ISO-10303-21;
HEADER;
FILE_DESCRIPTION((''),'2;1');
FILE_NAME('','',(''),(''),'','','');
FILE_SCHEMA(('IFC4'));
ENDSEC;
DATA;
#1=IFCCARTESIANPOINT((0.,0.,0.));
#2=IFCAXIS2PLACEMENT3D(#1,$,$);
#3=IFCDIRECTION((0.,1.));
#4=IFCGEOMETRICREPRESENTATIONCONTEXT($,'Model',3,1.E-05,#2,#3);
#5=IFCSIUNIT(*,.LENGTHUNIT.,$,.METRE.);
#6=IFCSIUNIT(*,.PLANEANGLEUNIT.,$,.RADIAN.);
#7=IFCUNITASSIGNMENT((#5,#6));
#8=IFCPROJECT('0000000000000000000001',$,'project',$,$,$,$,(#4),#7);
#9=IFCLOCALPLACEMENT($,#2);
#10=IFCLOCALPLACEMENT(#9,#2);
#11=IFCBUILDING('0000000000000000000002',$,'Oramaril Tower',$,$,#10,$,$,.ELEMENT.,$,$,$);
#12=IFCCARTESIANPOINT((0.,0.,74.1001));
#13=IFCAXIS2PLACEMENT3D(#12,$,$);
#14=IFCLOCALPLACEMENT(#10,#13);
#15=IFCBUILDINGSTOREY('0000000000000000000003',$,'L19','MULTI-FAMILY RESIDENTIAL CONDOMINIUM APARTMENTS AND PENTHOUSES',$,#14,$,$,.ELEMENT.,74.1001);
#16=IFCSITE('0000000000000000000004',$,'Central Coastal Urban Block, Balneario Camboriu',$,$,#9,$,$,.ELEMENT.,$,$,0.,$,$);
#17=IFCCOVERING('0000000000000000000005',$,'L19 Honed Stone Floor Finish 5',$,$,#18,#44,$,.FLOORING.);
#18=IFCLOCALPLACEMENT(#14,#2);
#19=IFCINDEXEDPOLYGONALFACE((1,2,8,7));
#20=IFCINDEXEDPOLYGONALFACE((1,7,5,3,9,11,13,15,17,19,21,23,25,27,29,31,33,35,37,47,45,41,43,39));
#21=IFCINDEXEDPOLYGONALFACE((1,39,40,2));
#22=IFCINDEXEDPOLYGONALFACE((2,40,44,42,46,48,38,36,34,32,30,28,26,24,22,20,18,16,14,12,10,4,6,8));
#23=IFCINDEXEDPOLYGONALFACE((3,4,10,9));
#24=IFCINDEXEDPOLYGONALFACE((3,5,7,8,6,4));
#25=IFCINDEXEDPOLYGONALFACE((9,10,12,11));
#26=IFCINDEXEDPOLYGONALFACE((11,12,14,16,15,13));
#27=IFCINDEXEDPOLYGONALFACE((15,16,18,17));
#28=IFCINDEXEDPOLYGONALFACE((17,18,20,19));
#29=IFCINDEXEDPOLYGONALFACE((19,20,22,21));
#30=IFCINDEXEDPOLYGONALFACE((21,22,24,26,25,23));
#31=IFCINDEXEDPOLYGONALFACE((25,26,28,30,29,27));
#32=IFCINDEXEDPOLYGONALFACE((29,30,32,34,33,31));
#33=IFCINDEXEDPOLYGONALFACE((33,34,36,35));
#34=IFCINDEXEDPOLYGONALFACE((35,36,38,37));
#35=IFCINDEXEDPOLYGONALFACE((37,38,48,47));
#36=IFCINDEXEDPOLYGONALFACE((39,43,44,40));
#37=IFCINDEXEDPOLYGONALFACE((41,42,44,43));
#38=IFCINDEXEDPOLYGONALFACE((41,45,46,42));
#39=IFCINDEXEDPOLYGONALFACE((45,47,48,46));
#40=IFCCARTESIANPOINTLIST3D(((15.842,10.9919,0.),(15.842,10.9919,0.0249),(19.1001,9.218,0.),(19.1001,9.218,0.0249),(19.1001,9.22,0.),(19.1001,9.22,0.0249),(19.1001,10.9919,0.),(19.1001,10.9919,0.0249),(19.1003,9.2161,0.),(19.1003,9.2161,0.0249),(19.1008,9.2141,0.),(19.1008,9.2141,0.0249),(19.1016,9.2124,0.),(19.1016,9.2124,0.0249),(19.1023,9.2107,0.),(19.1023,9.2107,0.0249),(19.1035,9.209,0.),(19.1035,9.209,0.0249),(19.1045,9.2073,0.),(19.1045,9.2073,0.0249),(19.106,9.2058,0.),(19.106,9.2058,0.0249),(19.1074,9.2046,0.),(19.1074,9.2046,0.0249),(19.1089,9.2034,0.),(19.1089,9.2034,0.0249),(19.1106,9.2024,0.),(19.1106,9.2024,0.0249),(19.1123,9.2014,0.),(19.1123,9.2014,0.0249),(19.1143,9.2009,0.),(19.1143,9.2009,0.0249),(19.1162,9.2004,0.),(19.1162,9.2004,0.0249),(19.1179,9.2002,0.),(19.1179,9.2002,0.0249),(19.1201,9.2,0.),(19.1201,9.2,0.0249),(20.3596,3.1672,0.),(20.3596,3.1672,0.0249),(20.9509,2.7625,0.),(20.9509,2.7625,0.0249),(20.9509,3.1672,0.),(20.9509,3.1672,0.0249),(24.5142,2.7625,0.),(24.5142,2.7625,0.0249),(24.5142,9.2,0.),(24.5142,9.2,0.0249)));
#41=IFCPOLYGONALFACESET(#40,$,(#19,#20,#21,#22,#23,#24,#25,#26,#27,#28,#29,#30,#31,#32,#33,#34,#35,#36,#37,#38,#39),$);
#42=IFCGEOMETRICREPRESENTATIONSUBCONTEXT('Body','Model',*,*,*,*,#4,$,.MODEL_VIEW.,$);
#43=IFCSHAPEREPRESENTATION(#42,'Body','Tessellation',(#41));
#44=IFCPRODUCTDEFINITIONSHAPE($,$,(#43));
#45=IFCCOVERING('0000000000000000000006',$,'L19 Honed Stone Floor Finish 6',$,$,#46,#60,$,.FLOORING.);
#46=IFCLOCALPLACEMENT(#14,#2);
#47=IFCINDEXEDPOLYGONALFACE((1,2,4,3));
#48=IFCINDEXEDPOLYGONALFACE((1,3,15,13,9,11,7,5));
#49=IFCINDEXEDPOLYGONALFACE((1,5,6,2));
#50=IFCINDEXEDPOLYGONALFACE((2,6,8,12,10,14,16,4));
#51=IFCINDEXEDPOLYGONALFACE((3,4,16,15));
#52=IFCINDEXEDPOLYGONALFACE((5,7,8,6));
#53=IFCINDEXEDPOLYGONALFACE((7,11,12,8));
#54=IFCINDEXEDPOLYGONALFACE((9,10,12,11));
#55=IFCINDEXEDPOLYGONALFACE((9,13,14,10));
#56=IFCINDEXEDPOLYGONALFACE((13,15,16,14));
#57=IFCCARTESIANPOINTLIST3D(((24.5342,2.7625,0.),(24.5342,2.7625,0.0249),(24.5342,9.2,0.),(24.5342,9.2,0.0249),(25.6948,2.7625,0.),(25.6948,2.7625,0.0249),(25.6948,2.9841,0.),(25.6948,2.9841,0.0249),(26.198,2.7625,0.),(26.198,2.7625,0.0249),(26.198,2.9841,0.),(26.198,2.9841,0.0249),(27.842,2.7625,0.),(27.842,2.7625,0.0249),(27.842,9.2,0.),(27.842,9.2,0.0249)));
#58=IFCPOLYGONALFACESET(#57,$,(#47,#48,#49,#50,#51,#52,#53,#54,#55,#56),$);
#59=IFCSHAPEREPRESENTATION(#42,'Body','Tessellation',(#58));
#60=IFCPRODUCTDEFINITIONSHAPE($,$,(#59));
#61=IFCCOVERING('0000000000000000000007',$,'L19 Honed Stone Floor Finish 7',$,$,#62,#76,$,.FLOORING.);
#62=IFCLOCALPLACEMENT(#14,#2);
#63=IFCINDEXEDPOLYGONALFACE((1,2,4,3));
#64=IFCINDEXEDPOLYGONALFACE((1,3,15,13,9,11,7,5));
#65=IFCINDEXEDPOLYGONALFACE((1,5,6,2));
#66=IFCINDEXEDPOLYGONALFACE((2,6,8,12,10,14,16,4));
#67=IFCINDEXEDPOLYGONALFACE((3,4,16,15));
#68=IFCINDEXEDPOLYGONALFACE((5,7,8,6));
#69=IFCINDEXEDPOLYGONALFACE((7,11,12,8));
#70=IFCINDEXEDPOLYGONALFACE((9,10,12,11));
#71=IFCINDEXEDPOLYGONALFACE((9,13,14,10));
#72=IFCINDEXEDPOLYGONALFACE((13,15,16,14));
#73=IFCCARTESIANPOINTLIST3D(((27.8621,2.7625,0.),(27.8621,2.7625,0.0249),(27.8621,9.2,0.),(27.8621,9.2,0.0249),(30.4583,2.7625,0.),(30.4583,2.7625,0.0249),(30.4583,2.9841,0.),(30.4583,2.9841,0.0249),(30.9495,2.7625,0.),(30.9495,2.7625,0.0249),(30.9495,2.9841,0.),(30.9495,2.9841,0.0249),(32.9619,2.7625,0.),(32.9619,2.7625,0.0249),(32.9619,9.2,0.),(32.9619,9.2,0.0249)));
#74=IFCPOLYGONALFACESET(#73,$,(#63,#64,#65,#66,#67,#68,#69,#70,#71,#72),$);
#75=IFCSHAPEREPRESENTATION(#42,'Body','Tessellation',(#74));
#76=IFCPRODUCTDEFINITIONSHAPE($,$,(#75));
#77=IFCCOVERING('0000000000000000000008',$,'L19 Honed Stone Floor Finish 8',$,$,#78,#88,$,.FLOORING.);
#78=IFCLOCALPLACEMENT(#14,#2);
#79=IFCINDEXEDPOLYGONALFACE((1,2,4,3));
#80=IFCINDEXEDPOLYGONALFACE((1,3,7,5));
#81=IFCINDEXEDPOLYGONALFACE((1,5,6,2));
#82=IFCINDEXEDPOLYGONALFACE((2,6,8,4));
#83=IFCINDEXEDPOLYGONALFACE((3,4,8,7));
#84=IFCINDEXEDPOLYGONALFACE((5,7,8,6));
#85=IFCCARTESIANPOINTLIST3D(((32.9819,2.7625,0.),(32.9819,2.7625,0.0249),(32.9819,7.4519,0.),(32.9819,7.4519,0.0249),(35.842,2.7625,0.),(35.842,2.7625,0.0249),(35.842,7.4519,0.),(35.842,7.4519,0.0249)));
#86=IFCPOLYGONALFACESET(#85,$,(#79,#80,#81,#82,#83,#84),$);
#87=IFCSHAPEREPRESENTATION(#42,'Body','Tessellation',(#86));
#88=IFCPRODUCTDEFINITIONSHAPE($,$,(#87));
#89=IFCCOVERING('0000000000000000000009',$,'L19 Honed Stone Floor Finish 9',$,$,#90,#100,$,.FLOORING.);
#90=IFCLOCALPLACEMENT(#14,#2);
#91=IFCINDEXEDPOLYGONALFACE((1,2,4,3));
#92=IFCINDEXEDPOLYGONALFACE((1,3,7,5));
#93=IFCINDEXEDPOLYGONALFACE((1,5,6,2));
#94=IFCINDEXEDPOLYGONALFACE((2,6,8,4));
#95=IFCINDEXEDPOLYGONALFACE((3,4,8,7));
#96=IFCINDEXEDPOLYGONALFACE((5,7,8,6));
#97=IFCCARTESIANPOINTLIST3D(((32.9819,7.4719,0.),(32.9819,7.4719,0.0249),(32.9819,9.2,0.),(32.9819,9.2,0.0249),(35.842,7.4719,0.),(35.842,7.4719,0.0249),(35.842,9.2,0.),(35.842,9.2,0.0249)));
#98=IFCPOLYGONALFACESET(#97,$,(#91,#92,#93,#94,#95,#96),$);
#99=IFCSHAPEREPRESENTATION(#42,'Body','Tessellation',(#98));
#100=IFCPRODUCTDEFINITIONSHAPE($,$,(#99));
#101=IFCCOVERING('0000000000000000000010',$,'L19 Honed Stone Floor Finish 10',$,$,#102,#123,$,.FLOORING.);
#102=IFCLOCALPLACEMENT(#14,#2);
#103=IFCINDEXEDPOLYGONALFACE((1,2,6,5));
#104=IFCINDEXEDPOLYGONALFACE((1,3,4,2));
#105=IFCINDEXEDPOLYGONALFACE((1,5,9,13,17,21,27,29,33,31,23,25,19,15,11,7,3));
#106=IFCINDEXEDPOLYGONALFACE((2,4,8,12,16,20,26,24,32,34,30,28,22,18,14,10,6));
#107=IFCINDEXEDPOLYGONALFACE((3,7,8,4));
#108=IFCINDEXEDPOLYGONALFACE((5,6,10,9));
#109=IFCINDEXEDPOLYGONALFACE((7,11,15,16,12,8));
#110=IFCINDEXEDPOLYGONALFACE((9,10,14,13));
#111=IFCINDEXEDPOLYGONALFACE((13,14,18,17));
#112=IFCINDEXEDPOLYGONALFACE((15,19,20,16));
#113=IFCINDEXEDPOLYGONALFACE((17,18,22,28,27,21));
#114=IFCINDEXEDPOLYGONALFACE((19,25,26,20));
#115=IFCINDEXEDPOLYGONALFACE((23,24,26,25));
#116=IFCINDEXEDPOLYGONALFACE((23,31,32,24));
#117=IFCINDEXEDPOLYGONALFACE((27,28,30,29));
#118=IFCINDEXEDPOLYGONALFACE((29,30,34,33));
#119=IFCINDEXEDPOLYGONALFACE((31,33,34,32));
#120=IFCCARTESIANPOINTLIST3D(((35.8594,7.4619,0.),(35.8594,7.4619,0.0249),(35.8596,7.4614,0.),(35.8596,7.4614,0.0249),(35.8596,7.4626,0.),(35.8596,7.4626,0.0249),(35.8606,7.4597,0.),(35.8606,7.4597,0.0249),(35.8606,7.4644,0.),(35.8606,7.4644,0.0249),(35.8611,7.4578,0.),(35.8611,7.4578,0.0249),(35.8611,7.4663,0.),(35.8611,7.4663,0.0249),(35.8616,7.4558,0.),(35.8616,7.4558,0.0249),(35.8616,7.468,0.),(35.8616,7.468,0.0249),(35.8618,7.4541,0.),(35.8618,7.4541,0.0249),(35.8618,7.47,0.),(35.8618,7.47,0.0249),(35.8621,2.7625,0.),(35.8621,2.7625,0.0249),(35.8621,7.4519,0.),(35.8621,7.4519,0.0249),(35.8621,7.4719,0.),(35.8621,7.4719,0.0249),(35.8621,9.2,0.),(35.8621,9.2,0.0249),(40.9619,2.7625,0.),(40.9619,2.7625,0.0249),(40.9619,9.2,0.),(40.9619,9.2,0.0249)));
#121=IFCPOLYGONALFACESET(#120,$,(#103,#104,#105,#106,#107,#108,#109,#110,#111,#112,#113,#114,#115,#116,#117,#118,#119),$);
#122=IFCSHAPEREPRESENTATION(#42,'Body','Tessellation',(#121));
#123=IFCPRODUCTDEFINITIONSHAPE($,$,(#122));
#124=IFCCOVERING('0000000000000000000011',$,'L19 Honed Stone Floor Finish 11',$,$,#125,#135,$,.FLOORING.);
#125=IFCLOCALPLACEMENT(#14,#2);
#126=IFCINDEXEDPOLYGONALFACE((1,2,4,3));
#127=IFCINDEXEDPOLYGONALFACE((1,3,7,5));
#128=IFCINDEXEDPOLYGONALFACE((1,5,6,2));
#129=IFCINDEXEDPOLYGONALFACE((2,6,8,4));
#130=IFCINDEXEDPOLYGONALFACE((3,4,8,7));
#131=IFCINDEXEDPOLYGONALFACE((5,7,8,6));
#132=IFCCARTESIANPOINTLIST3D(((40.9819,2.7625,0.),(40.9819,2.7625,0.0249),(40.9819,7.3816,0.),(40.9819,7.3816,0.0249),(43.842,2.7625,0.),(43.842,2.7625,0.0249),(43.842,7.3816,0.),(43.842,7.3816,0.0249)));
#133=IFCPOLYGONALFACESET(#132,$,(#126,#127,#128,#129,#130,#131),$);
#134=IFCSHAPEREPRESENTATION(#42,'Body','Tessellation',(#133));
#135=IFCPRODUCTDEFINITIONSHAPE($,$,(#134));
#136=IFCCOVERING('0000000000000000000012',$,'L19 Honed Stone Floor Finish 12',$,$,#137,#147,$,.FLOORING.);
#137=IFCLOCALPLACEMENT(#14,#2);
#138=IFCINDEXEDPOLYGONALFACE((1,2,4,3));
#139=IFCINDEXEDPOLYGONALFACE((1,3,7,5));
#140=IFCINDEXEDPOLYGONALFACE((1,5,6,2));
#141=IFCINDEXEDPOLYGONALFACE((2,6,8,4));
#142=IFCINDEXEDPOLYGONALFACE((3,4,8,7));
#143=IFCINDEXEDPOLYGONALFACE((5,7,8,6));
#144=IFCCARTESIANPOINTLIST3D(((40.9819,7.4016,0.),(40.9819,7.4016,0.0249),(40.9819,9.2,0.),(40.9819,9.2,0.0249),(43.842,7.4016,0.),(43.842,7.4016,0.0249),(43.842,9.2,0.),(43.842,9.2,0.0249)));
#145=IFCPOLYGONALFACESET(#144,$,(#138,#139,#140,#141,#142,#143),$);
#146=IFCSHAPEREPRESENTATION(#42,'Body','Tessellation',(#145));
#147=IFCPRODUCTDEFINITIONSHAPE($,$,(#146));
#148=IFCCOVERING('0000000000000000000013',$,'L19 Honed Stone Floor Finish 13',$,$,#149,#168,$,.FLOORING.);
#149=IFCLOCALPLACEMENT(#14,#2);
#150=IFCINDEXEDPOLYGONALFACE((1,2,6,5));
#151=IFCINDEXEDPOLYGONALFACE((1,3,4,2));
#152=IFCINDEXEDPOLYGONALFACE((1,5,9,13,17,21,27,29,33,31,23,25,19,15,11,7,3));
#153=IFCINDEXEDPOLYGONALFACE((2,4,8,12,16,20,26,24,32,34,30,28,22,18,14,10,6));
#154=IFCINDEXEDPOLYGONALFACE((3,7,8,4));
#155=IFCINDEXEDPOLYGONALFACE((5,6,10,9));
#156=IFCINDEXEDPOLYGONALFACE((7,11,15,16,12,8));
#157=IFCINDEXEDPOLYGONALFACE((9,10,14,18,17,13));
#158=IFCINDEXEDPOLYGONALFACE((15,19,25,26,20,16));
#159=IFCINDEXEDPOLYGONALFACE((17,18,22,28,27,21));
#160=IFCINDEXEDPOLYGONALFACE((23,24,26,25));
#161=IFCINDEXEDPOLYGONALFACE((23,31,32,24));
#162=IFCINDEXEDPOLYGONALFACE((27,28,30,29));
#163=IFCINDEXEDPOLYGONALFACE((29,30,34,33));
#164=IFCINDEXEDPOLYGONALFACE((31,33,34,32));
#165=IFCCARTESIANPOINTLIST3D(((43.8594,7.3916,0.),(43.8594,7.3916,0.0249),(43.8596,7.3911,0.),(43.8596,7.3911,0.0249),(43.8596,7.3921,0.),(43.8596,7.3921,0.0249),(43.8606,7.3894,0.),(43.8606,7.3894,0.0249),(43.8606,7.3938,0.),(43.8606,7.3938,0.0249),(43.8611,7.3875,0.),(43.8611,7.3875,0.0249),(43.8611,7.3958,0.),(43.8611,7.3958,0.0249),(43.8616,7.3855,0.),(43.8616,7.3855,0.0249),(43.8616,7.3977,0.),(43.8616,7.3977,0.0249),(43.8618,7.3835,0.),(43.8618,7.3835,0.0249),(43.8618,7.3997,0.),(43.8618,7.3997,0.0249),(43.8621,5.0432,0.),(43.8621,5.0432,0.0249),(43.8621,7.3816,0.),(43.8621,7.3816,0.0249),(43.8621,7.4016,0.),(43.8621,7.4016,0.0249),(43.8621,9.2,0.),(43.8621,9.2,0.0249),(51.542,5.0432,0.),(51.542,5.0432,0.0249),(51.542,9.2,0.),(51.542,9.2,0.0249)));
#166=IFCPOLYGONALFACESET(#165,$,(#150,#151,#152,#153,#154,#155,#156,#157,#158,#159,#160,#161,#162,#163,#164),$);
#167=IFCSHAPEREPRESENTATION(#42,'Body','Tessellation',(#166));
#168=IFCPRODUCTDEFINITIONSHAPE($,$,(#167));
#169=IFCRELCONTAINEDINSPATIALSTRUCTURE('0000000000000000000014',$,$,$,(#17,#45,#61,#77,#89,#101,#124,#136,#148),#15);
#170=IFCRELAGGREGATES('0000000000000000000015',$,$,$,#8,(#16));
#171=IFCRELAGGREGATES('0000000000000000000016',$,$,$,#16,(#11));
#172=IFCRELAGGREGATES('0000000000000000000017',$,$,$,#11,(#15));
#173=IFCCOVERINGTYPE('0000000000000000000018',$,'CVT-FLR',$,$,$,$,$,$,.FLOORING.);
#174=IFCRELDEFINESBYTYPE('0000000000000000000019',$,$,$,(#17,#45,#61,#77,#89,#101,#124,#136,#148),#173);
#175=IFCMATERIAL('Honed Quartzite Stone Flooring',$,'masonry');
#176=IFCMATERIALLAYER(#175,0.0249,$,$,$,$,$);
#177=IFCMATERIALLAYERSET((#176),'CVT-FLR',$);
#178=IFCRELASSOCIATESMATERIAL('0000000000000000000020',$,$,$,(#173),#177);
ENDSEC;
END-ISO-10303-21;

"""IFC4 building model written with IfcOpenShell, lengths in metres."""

from ifc_helpers import new_model, si_unit, direction, frame, origin, place, context, subcontext, project, spatial, polyline, outline, extrude, material, layer, layer_set, type_object, element, save


model = new_model("IFC4")

# Units and contexts
model_context = context("Model", 3, precision=1e-05, world=origin(), true_north=direction((0.0, 1.0)))
body_context = subcontext(model_context, "Body", "Model", "MODEL_VIEW")
ifc_project = project(units=[si_unit("LENGTHUNIT", "METRE"), si_unit("PLANEANGLEUNIT", "RADIAN")], contexts=[model_context])

# Site, building, storey
site_placement = place(None, origin())
site = spatial("IfcSite", under=ifc_project, at=site_placement, Name="Central Coastal Urban Block, Balneario Camboriu", CompositionType="ELEMENT", RefElevation=0.0)
building_placement = place(site_placement, origin())
building = spatial("IfcBuilding", under=site, at=building_placement, Name="Oramaril Tower", CompositionType="ELEMENT")
storey_placement = place(building_placement, frame((0.0, 0.0, 74.1001)))
storey = spatial("IfcBuildingStorey", under=building, at=storey_placement, Name="L19", Description="MULTI-FAMILY RESIDENTIAL CONDOMINIUM APARTMENTS AND PENTHOUSES", CompositionType="ELEMENT", Elevation=74.1001)

# Coverings
ifc_material_1 = material(Name="Honed Quartzite Stone Flooring", Category="masonry")
ifc_layer_1 = layer(ifc_material_1, 0.0249)
ifc_layer_set_1 = layer_set([ifc_layer_1], Name="CVT-FLR")
covering_type_1 = type_object("IfcCoveringType", Name="CVT-FLR", PredefinedType="FLOORING", material=ifc_layer_set_1)
covering_1_placement = place(storey_placement, origin())
element("IfcCovering", 1, at=covering_1_placement, inside=storey, type_object=covering_type_1, Name="L19 Honed Stone Floor Finish 5", PredefinedType="FLOORING", context=body_context, shape_type="SweptSolid", body=[
    extrude(outline(polyline([(24.5142, 2.7625), (20.9509, 2.7625), (20.9509, 3.1672), (20.3596, 3.1672), (15.842, 10.9919), (19.1001, 10.9919), (19.1001, 9.22), (19.1001, 9.218), (19.1003, 9.2161), (19.1008, 9.2141), (19.1016, 9.2124), (19.1023, 9.2107), (19.1035, 9.209), (19.1045, 9.2073), (19.106, 9.2058), (19.1074, 9.2046), (19.1089, 9.2034), (19.1106, 9.2024), (19.1123, 9.2014), (19.1143, 9.2009), (19.1162, 9.2004), (19.1179, 9.2002), (19.1201, 9.2), (24.5142, 9.2), (24.5142, 2.7625)])), origin(), (0.0, 0.0, 1.0), 0.0249),
])
covering_2_placement = place(storey_placement, origin())
element("IfcCovering", 2, at=covering_2_placement, inside=storey, type_object=covering_type_1, Name="L19 Honed Stone Floor Finish 6", PredefinedType="FLOORING", context=body_context, shape_type="SweptSolid", body=[
    extrude(outline(polyline([(26.198, 2.7625), (26.198, 2.9841), (25.6948, 2.9841), (25.6948, 2.7625), (24.5342, 2.7625), (24.5342, 9.2), (27.842, 9.2), (27.842, 2.7625), (26.198, 2.7625)])), origin(), (0.0, 0.0, 1.0), 0.0249),
])
covering_3_placement = place(storey_placement, origin())
element("IfcCovering", 3, at=covering_3_placement, inside=storey, type_object=covering_type_1, Name="L19 Honed Stone Floor Finish 7", PredefinedType="FLOORING", context=body_context, shape_type="SweptSolid", body=[
    extrude(outline(polyline([(32.9619, 2.7625), (30.9495, 2.7625), (30.9495, 2.9841), (30.4583, 2.9841), (30.4583, 2.7625), (27.8621, 2.7625), (27.8621, 9.2), (32.9619, 9.2), (32.9619, 2.7625)])), origin(), (0.0, 0.0, 1.0), 0.0249),
])
covering_4_placement = place(storey_placement, origin())
element("IfcCovering", 4, at=covering_4_placement, inside=storey, type_object=covering_type_1, Name="L19 Honed Stone Floor Finish 8", PredefinedType="FLOORING", context=body_context, shape_type="SweptSolid", body=[
    extrude(outline(polyline([(35.842, 7.4519), (35.842, 2.7625), (32.9819, 2.7625), (32.9819, 7.4519), (35.842, 7.4519)])), origin(), (0.0, 0.0, 1.0), 0.0249),
])
covering_5_placement = place(storey_placement, origin())
element("IfcCovering", 5, at=covering_5_placement, inside=storey, type_object=covering_type_1, Name="L19 Honed Stone Floor Finish 9", PredefinedType="FLOORING", context=body_context, shape_type="SweptSolid", body=[
    extrude(outline(polyline([(35.842, 7.4719), (32.9819, 7.4719), (32.9819, 9.2), (35.842, 9.2), (35.842, 7.4719)])), origin(), (0.0, 0.0, 1.0), 0.0249),
])
covering_6_placement = place(storey_placement, origin())
element("IfcCovering", 6, at=covering_6_placement, inside=storey, type_object=covering_type_1, Name="L19 Honed Stone Floor Finish 10", PredefinedType="FLOORING", context=body_context, shape_type="SweptSolid", body=[
    extrude(outline(polyline([(40.9619, 2.7625), (35.8621, 2.7625), (35.8621, 7.4519), (35.8618, 7.4541), (35.8616, 7.4558), (35.8611, 7.4578), (35.8606, 7.4597), (35.8596, 7.4614), (35.8594, 7.4619), (35.8596, 7.4626), (35.8606, 7.4644), (35.8611, 7.4663), (35.8616, 7.468), (35.8618, 7.47), (35.8621, 7.4719), (35.8621, 9.2), (40.9619, 9.2), (40.9619, 2.7625)])), origin(), (0.0, 0.0, 1.0), 0.0249),
])
covering_7_placement = place(storey_placement, origin())
element("IfcCovering", 7, at=covering_7_placement, inside=storey, type_object=covering_type_1, Name="L19 Honed Stone Floor Finish 11", PredefinedType="FLOORING", context=body_context, shape_type="SweptSolid", body=[
    extrude(outline(polyline([(43.842, 7.3816), (43.842, 2.7625), (40.9819, 2.7625), (40.9819, 7.3816), (43.842, 7.3816)])), origin(), (0.0, 0.0, 1.0), 0.0249),
])
covering_8_placement = place(storey_placement, origin())
element("IfcCovering", 8, at=covering_8_placement, inside=storey, type_object=covering_type_1, Name="L19 Honed Stone Floor Finish 12", PredefinedType="FLOORING", context=body_context, shape_type="SweptSolid", body=[
    extrude(outline(polyline([(43.842, 7.4016), (40.9819, 7.4016), (40.9819, 9.2), (43.842, 9.2), (43.842, 7.4016)])), origin(), (0.0, 0.0, 1.0), 0.0249),
])
covering_9_placement = place(storey_placement, origin())
element("IfcCovering", 9, at=covering_9_placement, inside=storey, type_object=covering_type_1, Name="L19 Honed Stone Floor Finish 13", PredefinedType="FLOORING", context=body_context, shape_type="SweptSolid", body=[
    extrude(outline(polyline([(51.542, 5.0432), (43.8621, 5.0432), (43.8621, 7.3816), (43.8618, 7.3835), (43.8616, 7.3855), (43.8611, 7.3875), (43.8606, 7.3894), (43.8596, 7.3911), (43.8594, 7.3916), (43.8596, 7.3921), (43.8606, 7.3938), (43.8611, 7.3958), (43.8616, 7.3977), (43.8618, 7.3997), (43.8621, 7.4016), (43.8621, 9.2), (51.542, 9.2), (51.542, 5.0432)])), origin(), (0.0, 0.0, 1.0), 0.0249),
])

save(model, "model.ifc")
